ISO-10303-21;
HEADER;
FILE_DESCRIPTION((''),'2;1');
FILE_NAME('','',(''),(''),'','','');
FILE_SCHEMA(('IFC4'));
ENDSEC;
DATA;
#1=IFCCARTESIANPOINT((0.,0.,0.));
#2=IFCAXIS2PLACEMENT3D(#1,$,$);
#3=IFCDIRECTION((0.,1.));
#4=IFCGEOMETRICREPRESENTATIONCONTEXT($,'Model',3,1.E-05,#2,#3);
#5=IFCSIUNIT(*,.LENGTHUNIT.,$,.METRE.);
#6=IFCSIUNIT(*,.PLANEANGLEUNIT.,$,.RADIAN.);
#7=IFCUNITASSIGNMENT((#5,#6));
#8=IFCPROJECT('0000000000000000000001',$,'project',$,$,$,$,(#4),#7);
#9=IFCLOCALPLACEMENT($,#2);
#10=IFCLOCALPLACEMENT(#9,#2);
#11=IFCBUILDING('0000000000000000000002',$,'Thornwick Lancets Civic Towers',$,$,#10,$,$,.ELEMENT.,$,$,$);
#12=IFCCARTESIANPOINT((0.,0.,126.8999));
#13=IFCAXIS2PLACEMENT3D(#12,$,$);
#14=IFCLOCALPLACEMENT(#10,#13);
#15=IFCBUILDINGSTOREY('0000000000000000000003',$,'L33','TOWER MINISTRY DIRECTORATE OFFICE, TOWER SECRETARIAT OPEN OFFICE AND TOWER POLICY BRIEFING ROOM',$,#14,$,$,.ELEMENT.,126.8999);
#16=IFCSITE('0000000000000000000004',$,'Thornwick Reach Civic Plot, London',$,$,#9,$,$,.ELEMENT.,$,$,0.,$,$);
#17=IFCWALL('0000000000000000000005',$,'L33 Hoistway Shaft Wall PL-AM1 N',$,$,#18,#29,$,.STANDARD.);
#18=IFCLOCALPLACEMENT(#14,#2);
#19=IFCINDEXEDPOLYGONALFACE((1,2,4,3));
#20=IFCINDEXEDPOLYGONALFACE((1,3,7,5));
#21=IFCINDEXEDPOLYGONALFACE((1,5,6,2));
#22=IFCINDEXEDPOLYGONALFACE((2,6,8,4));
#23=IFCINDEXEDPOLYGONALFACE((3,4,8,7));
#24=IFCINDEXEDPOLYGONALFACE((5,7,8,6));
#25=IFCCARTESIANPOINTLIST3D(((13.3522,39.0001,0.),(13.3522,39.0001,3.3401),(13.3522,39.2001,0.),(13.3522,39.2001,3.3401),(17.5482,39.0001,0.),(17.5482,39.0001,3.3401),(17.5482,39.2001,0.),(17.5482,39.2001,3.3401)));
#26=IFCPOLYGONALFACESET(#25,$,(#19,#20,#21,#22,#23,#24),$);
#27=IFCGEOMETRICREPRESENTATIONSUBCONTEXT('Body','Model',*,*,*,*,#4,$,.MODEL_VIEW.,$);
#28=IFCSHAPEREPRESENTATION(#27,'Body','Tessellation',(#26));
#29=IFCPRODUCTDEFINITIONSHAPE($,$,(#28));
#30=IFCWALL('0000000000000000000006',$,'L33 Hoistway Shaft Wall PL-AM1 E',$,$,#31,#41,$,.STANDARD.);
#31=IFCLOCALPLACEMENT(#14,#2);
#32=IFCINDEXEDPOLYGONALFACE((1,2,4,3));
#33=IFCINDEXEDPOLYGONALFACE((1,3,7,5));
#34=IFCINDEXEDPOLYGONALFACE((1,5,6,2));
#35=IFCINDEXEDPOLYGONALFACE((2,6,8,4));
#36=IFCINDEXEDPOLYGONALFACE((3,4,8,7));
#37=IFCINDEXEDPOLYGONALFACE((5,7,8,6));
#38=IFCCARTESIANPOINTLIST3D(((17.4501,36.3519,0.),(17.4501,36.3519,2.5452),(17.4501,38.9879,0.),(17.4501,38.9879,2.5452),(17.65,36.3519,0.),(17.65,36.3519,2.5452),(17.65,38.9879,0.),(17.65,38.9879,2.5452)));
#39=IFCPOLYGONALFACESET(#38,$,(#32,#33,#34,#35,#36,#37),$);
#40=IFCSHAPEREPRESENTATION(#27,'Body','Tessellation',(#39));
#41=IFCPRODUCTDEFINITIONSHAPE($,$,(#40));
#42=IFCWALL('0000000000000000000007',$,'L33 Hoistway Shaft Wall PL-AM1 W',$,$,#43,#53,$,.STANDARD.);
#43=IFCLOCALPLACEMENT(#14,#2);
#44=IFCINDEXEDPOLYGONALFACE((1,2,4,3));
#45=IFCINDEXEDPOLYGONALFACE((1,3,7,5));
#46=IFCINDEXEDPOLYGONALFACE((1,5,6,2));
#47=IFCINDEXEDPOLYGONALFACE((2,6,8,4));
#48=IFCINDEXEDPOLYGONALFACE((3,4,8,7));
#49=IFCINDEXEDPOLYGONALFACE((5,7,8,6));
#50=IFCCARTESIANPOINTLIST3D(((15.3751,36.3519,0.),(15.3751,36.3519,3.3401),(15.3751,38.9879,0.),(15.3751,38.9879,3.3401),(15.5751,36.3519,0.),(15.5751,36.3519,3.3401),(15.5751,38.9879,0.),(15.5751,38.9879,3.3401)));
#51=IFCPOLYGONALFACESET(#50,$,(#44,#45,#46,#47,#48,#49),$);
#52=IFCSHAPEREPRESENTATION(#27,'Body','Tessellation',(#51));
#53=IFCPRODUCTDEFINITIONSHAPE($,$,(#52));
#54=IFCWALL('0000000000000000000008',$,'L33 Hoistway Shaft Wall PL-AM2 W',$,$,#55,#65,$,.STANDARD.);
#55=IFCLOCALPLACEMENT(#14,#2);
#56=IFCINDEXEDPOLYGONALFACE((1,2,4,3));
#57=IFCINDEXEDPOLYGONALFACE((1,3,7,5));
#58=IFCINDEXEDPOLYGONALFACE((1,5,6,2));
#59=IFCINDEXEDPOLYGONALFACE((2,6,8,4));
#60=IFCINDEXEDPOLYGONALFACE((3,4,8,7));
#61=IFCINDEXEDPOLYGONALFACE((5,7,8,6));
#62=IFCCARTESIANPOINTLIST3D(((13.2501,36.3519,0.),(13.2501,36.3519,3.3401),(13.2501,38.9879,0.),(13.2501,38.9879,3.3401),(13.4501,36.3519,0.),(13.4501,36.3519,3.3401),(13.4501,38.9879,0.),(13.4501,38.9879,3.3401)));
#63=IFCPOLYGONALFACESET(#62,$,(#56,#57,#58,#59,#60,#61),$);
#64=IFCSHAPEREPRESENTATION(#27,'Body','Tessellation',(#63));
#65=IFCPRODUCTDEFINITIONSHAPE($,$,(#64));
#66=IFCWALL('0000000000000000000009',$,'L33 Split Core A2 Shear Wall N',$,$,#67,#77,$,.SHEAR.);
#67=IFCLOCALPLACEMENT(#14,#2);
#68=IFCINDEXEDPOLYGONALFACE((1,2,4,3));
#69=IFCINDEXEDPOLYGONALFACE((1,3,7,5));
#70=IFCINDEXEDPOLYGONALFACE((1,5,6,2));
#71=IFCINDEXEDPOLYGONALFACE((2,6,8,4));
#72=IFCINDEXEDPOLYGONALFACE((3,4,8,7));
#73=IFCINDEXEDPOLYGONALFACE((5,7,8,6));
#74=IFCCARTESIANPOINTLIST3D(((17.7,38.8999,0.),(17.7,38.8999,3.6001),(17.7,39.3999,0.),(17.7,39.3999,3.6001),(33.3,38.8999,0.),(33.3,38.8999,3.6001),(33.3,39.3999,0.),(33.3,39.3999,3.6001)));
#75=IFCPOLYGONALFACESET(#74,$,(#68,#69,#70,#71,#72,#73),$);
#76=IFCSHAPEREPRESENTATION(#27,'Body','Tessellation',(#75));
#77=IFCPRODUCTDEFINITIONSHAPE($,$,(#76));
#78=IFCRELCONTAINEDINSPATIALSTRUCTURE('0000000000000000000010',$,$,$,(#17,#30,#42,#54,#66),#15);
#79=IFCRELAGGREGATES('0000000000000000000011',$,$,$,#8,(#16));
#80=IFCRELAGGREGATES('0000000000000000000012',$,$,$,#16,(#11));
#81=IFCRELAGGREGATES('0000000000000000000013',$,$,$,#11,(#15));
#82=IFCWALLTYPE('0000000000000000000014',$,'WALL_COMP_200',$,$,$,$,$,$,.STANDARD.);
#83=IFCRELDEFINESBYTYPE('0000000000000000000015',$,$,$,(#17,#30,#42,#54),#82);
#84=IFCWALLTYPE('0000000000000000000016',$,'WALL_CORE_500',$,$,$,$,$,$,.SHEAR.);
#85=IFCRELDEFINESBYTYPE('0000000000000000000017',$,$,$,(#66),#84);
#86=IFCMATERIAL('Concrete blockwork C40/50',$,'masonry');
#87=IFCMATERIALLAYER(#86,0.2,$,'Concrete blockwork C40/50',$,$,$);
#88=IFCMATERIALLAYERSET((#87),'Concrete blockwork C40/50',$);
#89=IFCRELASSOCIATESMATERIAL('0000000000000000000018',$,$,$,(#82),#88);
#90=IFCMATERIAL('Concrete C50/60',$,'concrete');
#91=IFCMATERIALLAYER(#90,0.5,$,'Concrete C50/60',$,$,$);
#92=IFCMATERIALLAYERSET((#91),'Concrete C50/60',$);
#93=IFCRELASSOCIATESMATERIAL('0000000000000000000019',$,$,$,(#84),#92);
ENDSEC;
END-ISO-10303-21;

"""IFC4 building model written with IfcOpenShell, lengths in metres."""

from ifc_helpers import new_model, si_unit, direction, frame, frame_2d, origin, place, context, subcontext, project, spatial, rectangle, extrude, material, layer, layer_set, type_object, element, save


model = new_model("IFC4")

# Units and contexts
model_context = context("Model", 3, precision=1e-05, world=origin(), true_north=direction((0.0, 1.0)))
body_context = subcontext(model_context, "Body", "Model", "MODEL_VIEW")
ifc_project = project(units=[si_unit("LENGTHUNIT", "METRE"), si_unit("PLANEANGLEUNIT", "RADIAN")], contexts=[model_context])

# Site, building, storey
site_placement = place(None, origin())
site = spatial("IfcSite", under=ifc_project, at=site_placement, Name="Thornwick Reach Civic Plot, London", CompositionType="ELEMENT", RefElevation=0.0)
building_placement = place(site_placement, origin())
building = spatial("IfcBuilding", under=site, at=building_placement, Name="Thornwick Lancets Civic Towers", CompositionType="ELEMENT")
storey_placement = place(building_placement, frame((0.0, 0.0, 126.8999)))
storey = spatial("IfcBuildingStorey", under=building, at=storey_placement, Name="L33", Description="TOWER MINISTRY DIRECTORATE OFFICE, TOWER SECRETARIAT OPEN OFFICE AND TOWER POLICY BRIEFING ROOM", CompositionType="ELEMENT", Elevation=126.8999)

# Shared definitions
ifc_material_1 = material(Name="Concrete blockwork C40/50", Category="masonry")
ifc_layer_1 = layer(ifc_material_1, 0.2, Name="Concrete blockwork C40/50")
ifc_layer_set_1 = layer_set([ifc_layer_1], Name="Concrete blockwork C40/50")
wall_type_1 = type_object("IfcWallType", Name="WALL_COMP_200", PredefinedType="STANDARD", material=ifc_layer_set_1)

# Walls
wall_1_placement = place(storey_placement, frame((13.3521, 39.1001, 0.0), z_axis=(0.0, 0.0, 1.0), x_axis=(1.0, 0.0, 0.0)))
element("IfcWall", 1, at=wall_1_placement, inside=storey, type_object=wall_type_1, Name="L33 Hoistway Shaft Wall PL-AM1 N", PredefinedType="STANDARD", context=body_context, shape_type="SweptSolid", body=[
    extrude(rectangle(XDim=4.196, YDim=0.2, at=frame_2d((2.0981, 0.0))), origin(), (0.0, 0.0, 1.0), 3.3401),
])
wall_2_placement = place(storey_placement, frame((17.55, 36.3521, 0.0), z_axis=(0.0, 0.0, 1.0), x_axis=(0.0, 1.0, 0.0)))
element("IfcWall", 2, at=wall_2_placement, inside=storey, type_object=wall_type_1, Name="L33 Hoistway Shaft Wall PL-AM1 E", PredefinedType="STANDARD", context=body_context, shape_type="SweptSolid", body=[
    extrude(rectangle(XDim=2.636, YDim=0.2, at=frame_2d((1.3179, 0.0))), origin(), (0.0, 0.0, 1.0), 2.5452),
])
for number, where, z_axis, x_axis, name in (
    (3, (15.4751, 36.3521, 0.0), (0.0, 0.0, 1.0), (0.0, 1.0, 0.0), "L33 Hoistway Shaft Wall PL-AM1 W"),
    (4, (13.3501, 36.3521, 0.0), (0.0, 0.0, 1.0), (0.0, 1.0, 0.0), "L33 Hoistway Shaft Wall PL-AM2 W"),
):
    element("IfcWall", number, at=place(storey_placement, frame(where, z_axis=z_axis, x_axis=x_axis)), inside=storey, type_object=wall_type_1, Name=name, PredefinedType="STANDARD", context=body_context, shape_type="SweptSolid", body=[
        extrude(rectangle(XDim=2.636, YDim=0.2, at=frame_2d((1.3179, 0.0))), origin(), (0.0, 0.0, 1.0), 3.3401),
    ])
ifc_material_2 = material(Name="Concrete C50/60", Category="concrete")
ifc_layer_2 = layer(ifc_material_2, 0.5, Name="Concrete C50/60")
ifc_layer_set_2 = layer_set([ifc_layer_2], Name="Concrete C50/60")
wall_type_2 = type_object("IfcWallType", Name="WALL_CORE_500", PredefinedType="SHEAR", material=ifc_layer_set_2)
wall_3_placement = place(storey_placement, frame((17.7, 39.1499, 0.0), z_axis=(0.0, 0.0, 1.0), x_axis=(1.0, 0.0, 0.0)))
element("IfcWall", 5, at=wall_3_placement, inside=storey, type_object=wall_type_2, Name="L33 Split Core A2 Shear Wall N", PredefinedType="SHEAR", context=body_context, shape_type="SweptSolid", body=[
    extrude(rectangle(XDim=15.6001, YDim=0.5, at=frame_2d((7.8, 0.0))), origin(), (0.0, 0.0, 1.0), 3.6001),
])

save(model, "model.ifc")
